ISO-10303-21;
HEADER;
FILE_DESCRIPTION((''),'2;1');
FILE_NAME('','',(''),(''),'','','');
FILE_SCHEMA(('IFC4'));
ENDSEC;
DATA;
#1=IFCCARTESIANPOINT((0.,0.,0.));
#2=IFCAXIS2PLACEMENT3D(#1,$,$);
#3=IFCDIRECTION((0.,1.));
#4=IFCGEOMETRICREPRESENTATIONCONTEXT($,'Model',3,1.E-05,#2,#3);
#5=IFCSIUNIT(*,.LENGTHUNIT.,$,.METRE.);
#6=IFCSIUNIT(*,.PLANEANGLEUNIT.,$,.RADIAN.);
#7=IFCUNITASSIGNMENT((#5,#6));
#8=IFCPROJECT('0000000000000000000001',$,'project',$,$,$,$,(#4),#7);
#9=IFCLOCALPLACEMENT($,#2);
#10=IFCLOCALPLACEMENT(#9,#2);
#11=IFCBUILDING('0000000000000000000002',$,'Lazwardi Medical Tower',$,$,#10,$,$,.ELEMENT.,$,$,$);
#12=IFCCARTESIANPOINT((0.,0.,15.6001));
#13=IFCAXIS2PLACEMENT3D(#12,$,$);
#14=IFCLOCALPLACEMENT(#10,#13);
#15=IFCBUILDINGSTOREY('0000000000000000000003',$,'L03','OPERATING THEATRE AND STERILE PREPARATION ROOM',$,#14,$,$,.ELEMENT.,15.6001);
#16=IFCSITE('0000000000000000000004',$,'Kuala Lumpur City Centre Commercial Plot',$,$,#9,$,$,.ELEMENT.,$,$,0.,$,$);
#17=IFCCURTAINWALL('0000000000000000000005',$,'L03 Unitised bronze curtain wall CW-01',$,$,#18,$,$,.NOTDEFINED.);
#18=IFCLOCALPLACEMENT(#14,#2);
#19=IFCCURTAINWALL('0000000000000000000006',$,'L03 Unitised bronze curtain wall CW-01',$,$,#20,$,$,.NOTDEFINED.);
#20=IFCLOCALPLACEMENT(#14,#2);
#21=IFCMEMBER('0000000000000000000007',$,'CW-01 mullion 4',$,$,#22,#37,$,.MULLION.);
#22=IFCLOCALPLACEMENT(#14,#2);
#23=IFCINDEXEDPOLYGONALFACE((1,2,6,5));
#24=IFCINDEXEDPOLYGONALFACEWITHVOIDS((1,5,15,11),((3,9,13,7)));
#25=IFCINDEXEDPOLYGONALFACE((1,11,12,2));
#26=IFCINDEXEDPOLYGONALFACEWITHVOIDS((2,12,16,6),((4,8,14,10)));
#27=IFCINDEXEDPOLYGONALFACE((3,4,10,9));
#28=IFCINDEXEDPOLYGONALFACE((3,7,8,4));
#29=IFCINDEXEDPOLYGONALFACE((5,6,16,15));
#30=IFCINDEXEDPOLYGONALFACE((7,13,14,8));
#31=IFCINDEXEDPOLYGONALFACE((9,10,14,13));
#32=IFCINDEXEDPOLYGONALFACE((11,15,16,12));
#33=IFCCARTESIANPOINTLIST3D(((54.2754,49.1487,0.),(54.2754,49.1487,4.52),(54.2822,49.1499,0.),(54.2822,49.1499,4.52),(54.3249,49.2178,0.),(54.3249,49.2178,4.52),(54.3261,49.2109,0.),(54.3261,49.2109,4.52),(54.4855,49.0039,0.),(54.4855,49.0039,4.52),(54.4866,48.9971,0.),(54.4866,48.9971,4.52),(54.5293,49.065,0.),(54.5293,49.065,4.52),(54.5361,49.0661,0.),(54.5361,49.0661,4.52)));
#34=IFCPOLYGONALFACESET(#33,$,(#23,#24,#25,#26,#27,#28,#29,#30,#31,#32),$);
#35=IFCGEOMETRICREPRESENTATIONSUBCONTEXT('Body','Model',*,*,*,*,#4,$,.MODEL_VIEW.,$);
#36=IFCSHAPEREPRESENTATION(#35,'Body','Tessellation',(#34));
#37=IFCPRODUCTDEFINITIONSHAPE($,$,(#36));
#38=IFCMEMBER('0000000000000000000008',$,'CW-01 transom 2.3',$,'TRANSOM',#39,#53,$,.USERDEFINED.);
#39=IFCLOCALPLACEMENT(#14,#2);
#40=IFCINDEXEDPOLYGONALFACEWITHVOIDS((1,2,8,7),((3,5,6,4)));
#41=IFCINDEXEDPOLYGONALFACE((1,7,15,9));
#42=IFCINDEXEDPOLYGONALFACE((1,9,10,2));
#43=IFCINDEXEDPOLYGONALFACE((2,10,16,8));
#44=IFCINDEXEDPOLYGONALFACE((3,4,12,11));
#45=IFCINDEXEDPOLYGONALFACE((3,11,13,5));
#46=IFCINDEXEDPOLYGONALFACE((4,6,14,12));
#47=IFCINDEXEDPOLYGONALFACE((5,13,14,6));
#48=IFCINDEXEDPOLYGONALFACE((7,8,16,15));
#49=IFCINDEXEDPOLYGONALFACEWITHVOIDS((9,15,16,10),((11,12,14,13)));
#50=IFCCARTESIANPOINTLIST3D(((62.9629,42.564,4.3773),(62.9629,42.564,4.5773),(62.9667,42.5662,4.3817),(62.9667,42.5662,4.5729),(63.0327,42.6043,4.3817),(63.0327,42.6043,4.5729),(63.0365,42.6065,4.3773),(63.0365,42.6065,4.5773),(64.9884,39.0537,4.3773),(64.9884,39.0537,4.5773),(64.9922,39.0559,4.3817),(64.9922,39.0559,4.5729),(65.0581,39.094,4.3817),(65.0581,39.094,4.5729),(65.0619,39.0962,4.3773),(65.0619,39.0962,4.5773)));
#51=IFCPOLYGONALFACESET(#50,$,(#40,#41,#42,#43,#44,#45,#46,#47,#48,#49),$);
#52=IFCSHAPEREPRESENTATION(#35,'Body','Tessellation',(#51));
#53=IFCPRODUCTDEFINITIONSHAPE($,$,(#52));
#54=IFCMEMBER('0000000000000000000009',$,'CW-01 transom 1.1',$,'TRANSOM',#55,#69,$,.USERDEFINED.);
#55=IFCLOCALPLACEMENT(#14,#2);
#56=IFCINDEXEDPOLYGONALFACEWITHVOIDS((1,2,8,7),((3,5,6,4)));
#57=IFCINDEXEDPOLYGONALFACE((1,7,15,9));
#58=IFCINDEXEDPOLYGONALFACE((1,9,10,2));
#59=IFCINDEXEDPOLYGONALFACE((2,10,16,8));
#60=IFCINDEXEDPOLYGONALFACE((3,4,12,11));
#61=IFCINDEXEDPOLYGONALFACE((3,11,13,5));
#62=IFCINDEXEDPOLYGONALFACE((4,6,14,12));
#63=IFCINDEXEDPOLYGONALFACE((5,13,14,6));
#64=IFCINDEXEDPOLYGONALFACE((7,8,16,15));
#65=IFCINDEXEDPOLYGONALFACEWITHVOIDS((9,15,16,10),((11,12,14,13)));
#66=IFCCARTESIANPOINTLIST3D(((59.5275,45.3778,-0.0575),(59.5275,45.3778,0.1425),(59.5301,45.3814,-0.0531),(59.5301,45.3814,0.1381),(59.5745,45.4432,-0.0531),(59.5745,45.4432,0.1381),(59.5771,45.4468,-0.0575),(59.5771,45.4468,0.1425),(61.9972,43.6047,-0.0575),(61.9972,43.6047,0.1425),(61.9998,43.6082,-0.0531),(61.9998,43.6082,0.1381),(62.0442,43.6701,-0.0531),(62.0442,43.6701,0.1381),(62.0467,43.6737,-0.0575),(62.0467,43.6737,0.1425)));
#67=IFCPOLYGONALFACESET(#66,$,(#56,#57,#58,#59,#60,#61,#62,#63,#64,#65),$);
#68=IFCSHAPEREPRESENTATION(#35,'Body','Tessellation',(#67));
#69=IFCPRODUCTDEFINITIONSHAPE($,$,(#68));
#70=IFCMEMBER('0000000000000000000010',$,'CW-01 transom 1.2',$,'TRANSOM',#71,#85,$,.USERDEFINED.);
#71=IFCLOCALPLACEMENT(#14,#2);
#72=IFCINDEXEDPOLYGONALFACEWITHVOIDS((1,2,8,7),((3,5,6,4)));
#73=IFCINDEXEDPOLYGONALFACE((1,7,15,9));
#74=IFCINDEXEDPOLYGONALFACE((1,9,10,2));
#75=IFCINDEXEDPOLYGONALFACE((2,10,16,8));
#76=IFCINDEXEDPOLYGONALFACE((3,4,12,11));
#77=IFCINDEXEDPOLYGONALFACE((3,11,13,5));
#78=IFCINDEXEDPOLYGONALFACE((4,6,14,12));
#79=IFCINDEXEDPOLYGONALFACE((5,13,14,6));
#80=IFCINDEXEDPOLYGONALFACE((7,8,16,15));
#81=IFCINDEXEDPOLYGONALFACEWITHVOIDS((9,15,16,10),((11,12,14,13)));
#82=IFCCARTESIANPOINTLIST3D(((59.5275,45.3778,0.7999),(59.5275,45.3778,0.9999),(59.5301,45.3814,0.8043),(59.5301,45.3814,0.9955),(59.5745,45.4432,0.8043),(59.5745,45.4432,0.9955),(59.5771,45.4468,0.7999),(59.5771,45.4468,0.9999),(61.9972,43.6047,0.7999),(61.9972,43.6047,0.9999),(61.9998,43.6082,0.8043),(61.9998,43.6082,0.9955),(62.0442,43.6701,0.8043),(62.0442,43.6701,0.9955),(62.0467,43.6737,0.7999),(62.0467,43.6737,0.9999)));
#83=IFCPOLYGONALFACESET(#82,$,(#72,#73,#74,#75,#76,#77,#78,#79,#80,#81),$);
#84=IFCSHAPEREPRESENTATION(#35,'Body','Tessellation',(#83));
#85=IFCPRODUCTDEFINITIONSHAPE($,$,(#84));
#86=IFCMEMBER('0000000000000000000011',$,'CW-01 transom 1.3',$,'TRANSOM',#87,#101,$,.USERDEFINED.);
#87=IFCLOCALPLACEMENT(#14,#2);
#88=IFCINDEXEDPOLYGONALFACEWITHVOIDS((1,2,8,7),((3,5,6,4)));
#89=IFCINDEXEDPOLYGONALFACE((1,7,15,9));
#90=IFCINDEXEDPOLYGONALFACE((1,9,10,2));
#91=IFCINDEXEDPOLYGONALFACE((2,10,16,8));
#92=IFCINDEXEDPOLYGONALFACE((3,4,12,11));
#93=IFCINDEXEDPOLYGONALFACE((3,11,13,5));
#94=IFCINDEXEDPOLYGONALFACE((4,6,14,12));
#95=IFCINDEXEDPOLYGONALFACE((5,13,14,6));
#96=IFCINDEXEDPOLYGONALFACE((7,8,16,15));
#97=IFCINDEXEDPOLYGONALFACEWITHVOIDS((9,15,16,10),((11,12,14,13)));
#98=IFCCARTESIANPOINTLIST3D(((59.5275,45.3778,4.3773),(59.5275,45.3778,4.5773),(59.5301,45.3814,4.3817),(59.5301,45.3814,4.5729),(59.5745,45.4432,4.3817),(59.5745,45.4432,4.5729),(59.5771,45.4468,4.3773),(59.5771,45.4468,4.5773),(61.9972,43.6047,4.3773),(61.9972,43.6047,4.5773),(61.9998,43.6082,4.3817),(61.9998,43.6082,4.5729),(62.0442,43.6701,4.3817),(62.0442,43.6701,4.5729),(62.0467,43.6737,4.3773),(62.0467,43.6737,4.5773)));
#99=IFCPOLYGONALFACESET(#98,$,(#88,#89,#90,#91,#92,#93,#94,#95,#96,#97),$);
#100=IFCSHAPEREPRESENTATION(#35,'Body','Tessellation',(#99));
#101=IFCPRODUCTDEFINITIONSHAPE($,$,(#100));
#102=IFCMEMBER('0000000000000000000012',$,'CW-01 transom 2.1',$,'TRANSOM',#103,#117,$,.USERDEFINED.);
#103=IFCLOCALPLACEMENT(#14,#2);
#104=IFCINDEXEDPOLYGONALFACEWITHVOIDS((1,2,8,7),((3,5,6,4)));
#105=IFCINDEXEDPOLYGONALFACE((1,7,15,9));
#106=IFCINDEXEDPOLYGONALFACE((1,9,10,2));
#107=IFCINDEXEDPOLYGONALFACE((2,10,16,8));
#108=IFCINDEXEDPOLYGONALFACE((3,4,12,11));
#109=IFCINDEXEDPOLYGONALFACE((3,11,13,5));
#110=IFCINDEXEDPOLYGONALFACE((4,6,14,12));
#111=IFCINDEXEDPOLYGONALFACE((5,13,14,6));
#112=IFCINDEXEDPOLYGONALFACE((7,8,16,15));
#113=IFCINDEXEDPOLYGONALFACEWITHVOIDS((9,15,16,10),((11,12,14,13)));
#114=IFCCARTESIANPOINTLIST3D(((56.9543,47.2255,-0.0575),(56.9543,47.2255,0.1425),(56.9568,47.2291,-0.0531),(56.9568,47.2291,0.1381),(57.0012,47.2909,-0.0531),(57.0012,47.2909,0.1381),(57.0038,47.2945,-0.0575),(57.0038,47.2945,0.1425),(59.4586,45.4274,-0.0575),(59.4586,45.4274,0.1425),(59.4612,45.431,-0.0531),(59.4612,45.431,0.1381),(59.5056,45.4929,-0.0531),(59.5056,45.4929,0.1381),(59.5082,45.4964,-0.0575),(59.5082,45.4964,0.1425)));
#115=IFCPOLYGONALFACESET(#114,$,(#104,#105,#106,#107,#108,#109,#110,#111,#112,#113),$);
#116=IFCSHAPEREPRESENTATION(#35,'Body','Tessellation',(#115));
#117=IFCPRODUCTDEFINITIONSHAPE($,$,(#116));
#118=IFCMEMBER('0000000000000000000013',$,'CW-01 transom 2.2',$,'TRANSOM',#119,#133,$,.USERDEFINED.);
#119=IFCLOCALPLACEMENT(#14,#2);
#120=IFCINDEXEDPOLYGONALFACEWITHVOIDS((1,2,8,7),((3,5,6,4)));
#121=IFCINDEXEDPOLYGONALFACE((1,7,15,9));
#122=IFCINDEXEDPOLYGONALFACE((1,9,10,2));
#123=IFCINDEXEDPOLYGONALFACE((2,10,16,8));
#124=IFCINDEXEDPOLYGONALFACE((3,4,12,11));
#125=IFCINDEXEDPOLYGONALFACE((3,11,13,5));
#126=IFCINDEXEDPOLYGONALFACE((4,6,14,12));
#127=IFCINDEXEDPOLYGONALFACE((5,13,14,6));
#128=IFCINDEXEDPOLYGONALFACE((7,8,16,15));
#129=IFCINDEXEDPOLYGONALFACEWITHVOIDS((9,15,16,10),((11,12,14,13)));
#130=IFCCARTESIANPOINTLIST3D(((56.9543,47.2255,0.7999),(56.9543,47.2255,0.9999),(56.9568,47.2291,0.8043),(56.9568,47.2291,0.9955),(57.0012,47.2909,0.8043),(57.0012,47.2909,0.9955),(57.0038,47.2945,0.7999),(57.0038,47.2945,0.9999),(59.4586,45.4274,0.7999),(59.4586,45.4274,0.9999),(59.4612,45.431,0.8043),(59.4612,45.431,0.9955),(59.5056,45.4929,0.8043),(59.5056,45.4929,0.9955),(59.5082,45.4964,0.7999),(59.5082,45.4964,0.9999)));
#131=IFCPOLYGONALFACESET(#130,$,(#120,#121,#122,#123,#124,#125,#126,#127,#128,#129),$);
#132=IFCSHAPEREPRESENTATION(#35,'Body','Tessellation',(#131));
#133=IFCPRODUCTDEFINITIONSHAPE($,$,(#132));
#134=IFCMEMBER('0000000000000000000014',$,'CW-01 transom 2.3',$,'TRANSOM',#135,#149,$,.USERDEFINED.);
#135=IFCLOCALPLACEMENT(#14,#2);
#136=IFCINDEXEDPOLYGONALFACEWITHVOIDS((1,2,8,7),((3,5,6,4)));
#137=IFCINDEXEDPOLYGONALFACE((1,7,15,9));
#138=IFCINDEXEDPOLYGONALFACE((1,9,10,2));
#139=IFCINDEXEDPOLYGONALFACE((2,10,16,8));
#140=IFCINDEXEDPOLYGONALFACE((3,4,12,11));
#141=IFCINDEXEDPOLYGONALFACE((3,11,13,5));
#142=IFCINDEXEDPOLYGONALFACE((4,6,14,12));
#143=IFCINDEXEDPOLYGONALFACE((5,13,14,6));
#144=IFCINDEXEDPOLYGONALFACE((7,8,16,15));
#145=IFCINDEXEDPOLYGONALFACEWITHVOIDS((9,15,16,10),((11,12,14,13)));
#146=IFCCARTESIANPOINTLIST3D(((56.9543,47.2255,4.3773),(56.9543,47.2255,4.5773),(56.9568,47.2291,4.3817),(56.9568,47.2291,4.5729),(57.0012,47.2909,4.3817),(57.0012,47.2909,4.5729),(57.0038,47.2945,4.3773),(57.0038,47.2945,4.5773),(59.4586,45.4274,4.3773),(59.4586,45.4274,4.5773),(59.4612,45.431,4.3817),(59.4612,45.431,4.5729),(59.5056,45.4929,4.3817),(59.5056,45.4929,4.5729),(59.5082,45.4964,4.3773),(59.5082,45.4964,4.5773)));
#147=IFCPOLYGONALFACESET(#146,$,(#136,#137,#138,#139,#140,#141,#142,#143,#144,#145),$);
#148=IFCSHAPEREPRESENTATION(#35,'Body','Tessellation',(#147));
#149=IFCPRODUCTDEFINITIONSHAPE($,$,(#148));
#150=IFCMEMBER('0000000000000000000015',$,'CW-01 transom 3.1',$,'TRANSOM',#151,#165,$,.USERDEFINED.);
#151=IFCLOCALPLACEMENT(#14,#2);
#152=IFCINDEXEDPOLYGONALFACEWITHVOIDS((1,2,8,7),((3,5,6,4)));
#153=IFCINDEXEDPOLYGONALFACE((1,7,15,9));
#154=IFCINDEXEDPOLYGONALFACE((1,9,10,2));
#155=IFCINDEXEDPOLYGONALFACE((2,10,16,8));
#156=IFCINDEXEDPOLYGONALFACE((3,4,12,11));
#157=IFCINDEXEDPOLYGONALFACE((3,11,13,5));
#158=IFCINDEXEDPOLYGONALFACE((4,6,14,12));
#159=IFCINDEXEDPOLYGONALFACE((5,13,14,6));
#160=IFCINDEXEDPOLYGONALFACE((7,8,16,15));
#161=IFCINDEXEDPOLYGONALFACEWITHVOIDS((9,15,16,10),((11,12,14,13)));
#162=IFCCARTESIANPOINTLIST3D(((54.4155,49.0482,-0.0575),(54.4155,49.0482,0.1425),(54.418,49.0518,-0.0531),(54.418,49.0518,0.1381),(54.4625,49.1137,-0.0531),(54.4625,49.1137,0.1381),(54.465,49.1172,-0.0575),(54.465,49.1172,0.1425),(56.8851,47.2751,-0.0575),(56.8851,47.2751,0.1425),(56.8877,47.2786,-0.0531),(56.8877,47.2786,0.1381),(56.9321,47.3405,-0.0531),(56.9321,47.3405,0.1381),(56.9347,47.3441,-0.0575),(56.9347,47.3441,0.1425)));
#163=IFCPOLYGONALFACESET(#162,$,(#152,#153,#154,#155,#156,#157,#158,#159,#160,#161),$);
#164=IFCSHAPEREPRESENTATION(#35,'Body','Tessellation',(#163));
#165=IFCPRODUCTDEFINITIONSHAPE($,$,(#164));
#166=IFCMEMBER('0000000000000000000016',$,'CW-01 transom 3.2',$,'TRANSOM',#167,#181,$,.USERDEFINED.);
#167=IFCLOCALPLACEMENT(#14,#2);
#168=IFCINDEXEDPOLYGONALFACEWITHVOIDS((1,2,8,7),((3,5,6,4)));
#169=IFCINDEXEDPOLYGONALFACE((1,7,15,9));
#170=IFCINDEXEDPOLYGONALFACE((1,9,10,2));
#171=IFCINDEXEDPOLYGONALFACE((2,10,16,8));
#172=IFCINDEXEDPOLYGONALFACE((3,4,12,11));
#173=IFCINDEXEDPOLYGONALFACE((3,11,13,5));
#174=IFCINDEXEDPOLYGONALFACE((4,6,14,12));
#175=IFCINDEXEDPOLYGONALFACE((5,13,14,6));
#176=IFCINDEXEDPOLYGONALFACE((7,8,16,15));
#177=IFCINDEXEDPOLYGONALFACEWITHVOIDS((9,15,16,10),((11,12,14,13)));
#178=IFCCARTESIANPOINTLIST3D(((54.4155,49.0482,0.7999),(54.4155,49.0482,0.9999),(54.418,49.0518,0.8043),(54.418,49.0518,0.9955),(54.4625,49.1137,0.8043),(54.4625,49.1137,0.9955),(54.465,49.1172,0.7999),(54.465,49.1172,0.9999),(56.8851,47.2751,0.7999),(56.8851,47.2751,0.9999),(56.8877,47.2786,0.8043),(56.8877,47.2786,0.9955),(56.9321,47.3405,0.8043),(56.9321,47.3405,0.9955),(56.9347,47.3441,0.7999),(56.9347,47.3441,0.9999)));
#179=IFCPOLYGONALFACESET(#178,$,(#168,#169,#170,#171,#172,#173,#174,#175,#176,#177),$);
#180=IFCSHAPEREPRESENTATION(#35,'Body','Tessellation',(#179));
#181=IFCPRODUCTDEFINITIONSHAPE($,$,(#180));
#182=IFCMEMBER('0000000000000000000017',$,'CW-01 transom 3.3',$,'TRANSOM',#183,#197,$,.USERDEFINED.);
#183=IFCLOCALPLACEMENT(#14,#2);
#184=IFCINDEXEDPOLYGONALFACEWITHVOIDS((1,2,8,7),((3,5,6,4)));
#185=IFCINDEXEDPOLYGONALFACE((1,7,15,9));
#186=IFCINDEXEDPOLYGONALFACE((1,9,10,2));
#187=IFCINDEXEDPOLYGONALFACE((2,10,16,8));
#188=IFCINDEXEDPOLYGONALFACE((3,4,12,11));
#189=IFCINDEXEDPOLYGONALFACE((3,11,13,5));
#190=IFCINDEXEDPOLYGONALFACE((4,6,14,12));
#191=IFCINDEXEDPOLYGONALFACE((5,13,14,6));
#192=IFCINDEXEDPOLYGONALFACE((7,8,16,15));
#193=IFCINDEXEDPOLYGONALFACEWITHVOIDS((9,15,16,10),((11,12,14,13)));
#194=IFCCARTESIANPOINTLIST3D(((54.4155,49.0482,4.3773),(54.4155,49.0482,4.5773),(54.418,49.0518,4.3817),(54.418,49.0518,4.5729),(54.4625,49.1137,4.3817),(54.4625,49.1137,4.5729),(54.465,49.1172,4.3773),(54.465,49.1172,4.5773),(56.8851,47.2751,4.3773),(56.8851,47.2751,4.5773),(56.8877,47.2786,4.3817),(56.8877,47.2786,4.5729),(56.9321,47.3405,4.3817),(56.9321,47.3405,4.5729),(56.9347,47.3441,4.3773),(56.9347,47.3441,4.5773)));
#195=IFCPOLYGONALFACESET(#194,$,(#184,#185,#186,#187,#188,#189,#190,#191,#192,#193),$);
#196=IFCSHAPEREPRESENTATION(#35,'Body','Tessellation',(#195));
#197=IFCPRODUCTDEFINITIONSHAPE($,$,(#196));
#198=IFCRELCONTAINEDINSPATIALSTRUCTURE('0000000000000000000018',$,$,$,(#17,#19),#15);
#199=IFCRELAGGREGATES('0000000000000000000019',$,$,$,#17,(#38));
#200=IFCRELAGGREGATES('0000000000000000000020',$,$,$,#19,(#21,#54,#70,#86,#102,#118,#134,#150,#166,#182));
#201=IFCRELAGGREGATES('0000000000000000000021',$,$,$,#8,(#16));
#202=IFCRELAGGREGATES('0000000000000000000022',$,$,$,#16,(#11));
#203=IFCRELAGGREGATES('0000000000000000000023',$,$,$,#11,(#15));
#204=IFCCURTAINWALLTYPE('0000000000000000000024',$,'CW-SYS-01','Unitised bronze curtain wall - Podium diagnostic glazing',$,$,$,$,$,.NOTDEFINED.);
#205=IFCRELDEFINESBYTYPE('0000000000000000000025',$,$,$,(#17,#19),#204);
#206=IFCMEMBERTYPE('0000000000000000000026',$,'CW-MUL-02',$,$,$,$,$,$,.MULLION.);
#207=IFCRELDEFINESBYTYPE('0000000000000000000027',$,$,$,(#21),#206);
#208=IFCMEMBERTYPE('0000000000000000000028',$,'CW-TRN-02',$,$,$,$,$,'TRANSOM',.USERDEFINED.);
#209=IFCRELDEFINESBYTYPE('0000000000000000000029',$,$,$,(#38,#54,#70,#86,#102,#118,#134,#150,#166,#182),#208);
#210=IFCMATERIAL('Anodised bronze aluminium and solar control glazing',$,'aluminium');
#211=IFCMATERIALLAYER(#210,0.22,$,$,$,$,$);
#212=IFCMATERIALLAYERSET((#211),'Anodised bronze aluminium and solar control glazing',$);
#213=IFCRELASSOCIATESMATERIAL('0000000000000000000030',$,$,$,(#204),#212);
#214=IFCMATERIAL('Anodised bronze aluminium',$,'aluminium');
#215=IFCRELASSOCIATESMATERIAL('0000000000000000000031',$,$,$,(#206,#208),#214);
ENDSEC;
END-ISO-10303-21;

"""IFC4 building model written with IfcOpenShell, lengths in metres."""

from ifc_helpers import new_model, si_unit, direction, frame, origin, origin_2d, place, context, subcontext, project, spatial, hollow_rectangle, extrude, material, layer, layer_set, material_profile, profile_set, type_object, element, aggregate, save


model = new_model("IFC4")

# Units and contexts
model_context = context("Model", 3, precision=1e-05, world=origin(), true_north=direction((0.0, 1.0)))
body_context = subcontext(model_context, "Body", "Model", "MODEL_VIEW")
ifc_project = project(units=[si_unit("LENGTHUNIT", "METRE"), si_unit("PLANEANGLEUNIT", "RADIAN")], contexts=[model_context])

# Site, building, storey
site_placement = place(None, origin())
site = spatial("IfcSite", under=ifc_project, at=site_placement, Name="Kuala Lumpur City Centre Commercial Plot", CompositionType="ELEMENT", RefElevation=0.0)
building_placement = place(site_placement, origin())
building = spatial("IfcBuilding", under=site, at=building_placement, Name="Lazwardi Medical Tower", CompositionType="ELEMENT")
storey_placement = place(building_placement, frame((0.0, 0.0, 15.6001)))
storey = spatial("IfcBuildingStorey", under=building, at=storey_placement, Name="L03", Description="OPERATING THEATRE AND STERILE PREPARATION ROOM", CompositionType="ELEMENT", Elevation=15.6001)

# Curtain wall
ifc_material_1 = material(Name="Anodised bronze aluminium and solar control glazing", Category="aluminium")
ifc_layer_1 = layer(ifc_material_1, 0.22)
ifc_layer_set_1 = layer_set([ifc_layer_1], Name="Anodised bronze aluminium and solar control glazing")
curtain_wall_type = type_object("IfcCurtainWallType", Name="CW-SYS-01", Description="Unitised bronze curtain wall - Podium diagnostic glazing", PredefinedType="NOTDEFINED", material=ifc_layer_set_1)
curtain_wall_1_placement = place(storey_placement, origin())
curtain_wall_1 = element("IfcCurtainWall", 1, at=curtain_wall_1_placement, inside=storey, type_object=curtain_wall_type, Name="L03 Unitised bronze curtain wall CW-01", PredefinedType="NOTDEFINED")
ifc_material_2 = material(Name="Anodised bronze aluminium", Category="aluminium")
ifc_material_profile_1 = material_profile(ifc_material_2, hollow_rectangle(XDim=0.085, YDim=0.26, WallThickness=0.0049, at=origin_2d()), Name="ALU-MULLION 260x85x5")
ifc_profile_set_1 = profile_set([ifc_material_profile_1], Name="Anodised bronze aluminium")
member_type_1 = type_object("IfcMemberType", Name="CW-MUL-02", PredefinedType="MULLION", material=ifc_profile_set_1)

# Curtain wall, member
curtain_wall_2_placement = place(storey_placement, origin())
curtain_wall_2 = element("IfcCurtainWall", 2, at=curtain_wall_2_placement, inside=storey, type_object=curtain_wall_type, Name="L03 Unitised bronze curtain wall CW-01", PredefinedType="NOTDEFINED")
member_1_placement = place(storey_placement, frame((54.4058, 49.1074, 0.0), z_axis=(0.0, 0.0, 1.0), x_axis=(-0.583214, -0.812318, 0.0)))
member_1 = element("IfcMember", 3, at=member_1_placement, type_object=member_type_1, Name="CW-01 mullion 4", PredefinedType="MULLION", context=body_context, shape_type="SweptSolid", body=[
    extrude(hollow_rectangle(XDim=0.085, YDim=0.26, WallThickness=0.0049, at=origin_2d()), origin(), (0.0, 0.0, 1.0), 4.52),
])

# Members
ifc_material_profile_2 = material_profile(ifc_material_2, hollow_rectangle(XDim=0.085, YDim=0.2, WallThickness=0.0044, at=origin_2d()), Name="ALU-TRANSOM 200x85x4.5")
ifc_profile_set_2 = profile_set([ifc_material_profile_2], Name="Anodised bronze aluminium")
member_type_2 = type_object("IfcMemberType", Name="CW-TRN-02", ElementType="TRANSOM", PredefinedType="USERDEFINED", material=ifc_profile_set_2)
member_2_placement = place(storey_placement, frame((65.0251, 39.075, 4.4773), z_axis=(-0.499768, 0.86616, 0.0), x_axis=(-0.86616, -0.499768, 0.0)))
member_2 = element("IfcMember", 4, at=member_2_placement, type_object=member_type_2, Name="CW-01 transom 2.3", ObjectType="TRANSOM", PredefinedType="USERDEFINED", context=body_context, shape_type="SweptSolid", body=[
    extrude(hollow_rectangle(XDim=0.085, YDim=0.2, WallThickness=0.0044, at=origin_2d()), origin(), (0.0, 0.0, 1.0), 4.0527),
])
member_3_placement = place(storey_placement, frame((62.022, 43.6392, 0.0425), z_axis=(-0.812315, 0.583219, 0.0), x_axis=(-0.583219, -0.812315, 0.0)))
member_3 = element("IfcMember", 5, at=member_3_placement, type_object=member_type_2, Name="CW-01 transom 1.1", ObjectType="TRANSOM", PredefinedType="USERDEFINED", context=body_context, shape_type="SweptSolid", body=[
    extrude(hollow_rectangle(XDim=0.085, YDim=0.2, WallThickness=0.0044, at=origin_2d()), origin(), (0.0, 0.0, 1.0), 3.0403),
])
member_4_placement = place(storey_placement, frame((62.022, 43.6392, 0.8999), z_axis=(-0.812315, 0.583219, 0.0), x_axis=(-0.583219, -0.812315, 0.0)))
member_4 = element("IfcMember", 6, at=member_4_placement, type_object=member_type_2, Name="CW-01 transom 1.2", ObjectType="TRANSOM", PredefinedType="USERDEFINED", context=body_context, shape_type="SweptSolid", body=[
    extrude(hollow_rectangle(XDim=0.085, YDim=0.2, WallThickness=0.0044, at=origin_2d()), origin(), (0.0, 0.0, 1.0), 3.0403),
])
member_5_placement = place(storey_placement, frame((62.022, 43.6392, 4.4773), z_axis=(-0.812315, 0.583219, 0.0), x_axis=(-0.583219, -0.812315, 0.0)))
member_5 = element("IfcMember", 7, at=member_5_placement, type_object=member_type_2, Name="CW-01 transom 1.3", ObjectType="TRANSOM", PredefinedType="USERDEFINED", context=body_context, shape_type="SweptSolid", body=[
    extrude(hollow_rectangle(XDim=0.085, YDim=0.2, WallThickness=0.0044, at=origin_2d()), origin(), (0.0, 0.0, 1.0), 3.0403),
])
member_6_placement = place(storey_placement, frame((59.4834, 45.4619, 0.0425), z_axis=(-0.812313, 0.583222, 0.0), x_axis=(-0.583222, -0.812313, 0.0)))
member_6 = element("IfcMember", 8, at=member_6_placement, type_object=member_type_2, Name="CW-01 transom 2.1", ObjectType="TRANSOM", PredefinedType="USERDEFINED", context=body_context, shape_type="SweptSolid", body=[
    extrude(hollow_rectangle(XDim=0.085, YDim=0.2, WallThickness=0.0044, at=origin_2d()), origin(), (0.0, 0.0, 1.0), 3.083),
])
member_7_placement = place(storey_placement, frame((59.4834, 45.4619, 0.8999), z_axis=(-0.812313, 0.583222, 0.0), x_axis=(-0.583222, -0.812313, 0.0)))
member_7 = element("IfcMember", 9, at=member_7_placement, type_object=member_type_2, Name="CW-01 transom 2.2", ObjectType="TRANSOM", PredefinedType="USERDEFINED", context=body_context, shape_type="SweptSolid", body=[
    extrude(hollow_rectangle(XDim=0.085, YDim=0.2, WallThickness=0.0044, at=origin_2d()), origin(), (0.0, 0.0, 1.0), 3.083),
])
member_8_placement = place(storey_placement, frame((59.4834, 45.4619, 4.4773), z_axis=(-0.812313, 0.583222, 0.0), x_axis=(-0.583222, -0.812313, 0.0)))
member_8 = element("IfcMember", 10, at=member_8_placement, type_object=member_type_2, Name="CW-01 transom 2.3", ObjectType="TRANSOM", PredefinedType="USERDEFINED", context=body_context, shape_type="SweptSolid", body=[
    extrude(hollow_rectangle(XDim=0.085, YDim=0.2, WallThickness=0.0044, at=origin_2d()), origin(), (0.0, 0.0, 1.0), 3.083),
])
member_9_placement = place(storey_placement, frame((56.9099, 47.3096, 0.0425), z_axis=(-0.812315, 0.583219, 0.0), x_axis=(-0.583219, -0.812315, 0.0)))
member_9 = element("IfcMember", 11, at=member_9_placement, type_object=member_type_2, Name="CW-01 transom 3.1", ObjectType="TRANSOM", PredefinedType="USERDEFINED", context=body_context, shape_type="SweptSolid", body=[
    extrude(hollow_rectangle(XDim=0.085, YDim=0.2, WallThickness=0.0044, at=origin_2d()), origin(), (0.0, 0.0, 1.0), 3.0403),
])
member_10_placement = place(storey_placement, frame((56.9099, 47.3096, 0.8999), z_axis=(-0.812315, 0.583219, 0.0), x_axis=(-0.583219, -0.812315, 0.0)))
member_10 = element("IfcMember", 12, at=member_10_placement, type_object=member_type_2, Name="CW-01 transom 3.2", ObjectType="TRANSOM", PredefinedType="USERDEFINED", context=body_context, shape_type="SweptSolid", body=[
    extrude(hollow_rectangle(XDim=0.085, YDim=0.2, WallThickness=0.0044, at=origin_2d()), origin(), (0.0, 0.0, 1.0), 3.0403),
])
member_11_placement = place(storey_placement, frame((56.9099, 47.3096, 4.4773), z_axis=(-0.812315, 0.583219, 0.0), x_axis=(-0.583219, -0.812315, 0.0)))
member_11 = element("IfcMember", 13, at=member_11_placement, type_object=member_type_2, Name="CW-01 transom 3.3", ObjectType="TRANSOM", PredefinedType="USERDEFINED", context=body_context, shape_type="SweptSolid", body=[
    extrude(hollow_rectangle(XDim=0.085, YDim=0.2, WallThickness=0.0044, at=origin_2d()), origin(), (0.0, 0.0, 1.0), 3.0403),
])

aggregate(curtain_wall_1, [member_2])
aggregate(curtain_wall_2, [member_1, member_3, member_4, member_5, member_6, member_7, member_8, member_9, member_10, member_11])

save(model, "model.ifc")
